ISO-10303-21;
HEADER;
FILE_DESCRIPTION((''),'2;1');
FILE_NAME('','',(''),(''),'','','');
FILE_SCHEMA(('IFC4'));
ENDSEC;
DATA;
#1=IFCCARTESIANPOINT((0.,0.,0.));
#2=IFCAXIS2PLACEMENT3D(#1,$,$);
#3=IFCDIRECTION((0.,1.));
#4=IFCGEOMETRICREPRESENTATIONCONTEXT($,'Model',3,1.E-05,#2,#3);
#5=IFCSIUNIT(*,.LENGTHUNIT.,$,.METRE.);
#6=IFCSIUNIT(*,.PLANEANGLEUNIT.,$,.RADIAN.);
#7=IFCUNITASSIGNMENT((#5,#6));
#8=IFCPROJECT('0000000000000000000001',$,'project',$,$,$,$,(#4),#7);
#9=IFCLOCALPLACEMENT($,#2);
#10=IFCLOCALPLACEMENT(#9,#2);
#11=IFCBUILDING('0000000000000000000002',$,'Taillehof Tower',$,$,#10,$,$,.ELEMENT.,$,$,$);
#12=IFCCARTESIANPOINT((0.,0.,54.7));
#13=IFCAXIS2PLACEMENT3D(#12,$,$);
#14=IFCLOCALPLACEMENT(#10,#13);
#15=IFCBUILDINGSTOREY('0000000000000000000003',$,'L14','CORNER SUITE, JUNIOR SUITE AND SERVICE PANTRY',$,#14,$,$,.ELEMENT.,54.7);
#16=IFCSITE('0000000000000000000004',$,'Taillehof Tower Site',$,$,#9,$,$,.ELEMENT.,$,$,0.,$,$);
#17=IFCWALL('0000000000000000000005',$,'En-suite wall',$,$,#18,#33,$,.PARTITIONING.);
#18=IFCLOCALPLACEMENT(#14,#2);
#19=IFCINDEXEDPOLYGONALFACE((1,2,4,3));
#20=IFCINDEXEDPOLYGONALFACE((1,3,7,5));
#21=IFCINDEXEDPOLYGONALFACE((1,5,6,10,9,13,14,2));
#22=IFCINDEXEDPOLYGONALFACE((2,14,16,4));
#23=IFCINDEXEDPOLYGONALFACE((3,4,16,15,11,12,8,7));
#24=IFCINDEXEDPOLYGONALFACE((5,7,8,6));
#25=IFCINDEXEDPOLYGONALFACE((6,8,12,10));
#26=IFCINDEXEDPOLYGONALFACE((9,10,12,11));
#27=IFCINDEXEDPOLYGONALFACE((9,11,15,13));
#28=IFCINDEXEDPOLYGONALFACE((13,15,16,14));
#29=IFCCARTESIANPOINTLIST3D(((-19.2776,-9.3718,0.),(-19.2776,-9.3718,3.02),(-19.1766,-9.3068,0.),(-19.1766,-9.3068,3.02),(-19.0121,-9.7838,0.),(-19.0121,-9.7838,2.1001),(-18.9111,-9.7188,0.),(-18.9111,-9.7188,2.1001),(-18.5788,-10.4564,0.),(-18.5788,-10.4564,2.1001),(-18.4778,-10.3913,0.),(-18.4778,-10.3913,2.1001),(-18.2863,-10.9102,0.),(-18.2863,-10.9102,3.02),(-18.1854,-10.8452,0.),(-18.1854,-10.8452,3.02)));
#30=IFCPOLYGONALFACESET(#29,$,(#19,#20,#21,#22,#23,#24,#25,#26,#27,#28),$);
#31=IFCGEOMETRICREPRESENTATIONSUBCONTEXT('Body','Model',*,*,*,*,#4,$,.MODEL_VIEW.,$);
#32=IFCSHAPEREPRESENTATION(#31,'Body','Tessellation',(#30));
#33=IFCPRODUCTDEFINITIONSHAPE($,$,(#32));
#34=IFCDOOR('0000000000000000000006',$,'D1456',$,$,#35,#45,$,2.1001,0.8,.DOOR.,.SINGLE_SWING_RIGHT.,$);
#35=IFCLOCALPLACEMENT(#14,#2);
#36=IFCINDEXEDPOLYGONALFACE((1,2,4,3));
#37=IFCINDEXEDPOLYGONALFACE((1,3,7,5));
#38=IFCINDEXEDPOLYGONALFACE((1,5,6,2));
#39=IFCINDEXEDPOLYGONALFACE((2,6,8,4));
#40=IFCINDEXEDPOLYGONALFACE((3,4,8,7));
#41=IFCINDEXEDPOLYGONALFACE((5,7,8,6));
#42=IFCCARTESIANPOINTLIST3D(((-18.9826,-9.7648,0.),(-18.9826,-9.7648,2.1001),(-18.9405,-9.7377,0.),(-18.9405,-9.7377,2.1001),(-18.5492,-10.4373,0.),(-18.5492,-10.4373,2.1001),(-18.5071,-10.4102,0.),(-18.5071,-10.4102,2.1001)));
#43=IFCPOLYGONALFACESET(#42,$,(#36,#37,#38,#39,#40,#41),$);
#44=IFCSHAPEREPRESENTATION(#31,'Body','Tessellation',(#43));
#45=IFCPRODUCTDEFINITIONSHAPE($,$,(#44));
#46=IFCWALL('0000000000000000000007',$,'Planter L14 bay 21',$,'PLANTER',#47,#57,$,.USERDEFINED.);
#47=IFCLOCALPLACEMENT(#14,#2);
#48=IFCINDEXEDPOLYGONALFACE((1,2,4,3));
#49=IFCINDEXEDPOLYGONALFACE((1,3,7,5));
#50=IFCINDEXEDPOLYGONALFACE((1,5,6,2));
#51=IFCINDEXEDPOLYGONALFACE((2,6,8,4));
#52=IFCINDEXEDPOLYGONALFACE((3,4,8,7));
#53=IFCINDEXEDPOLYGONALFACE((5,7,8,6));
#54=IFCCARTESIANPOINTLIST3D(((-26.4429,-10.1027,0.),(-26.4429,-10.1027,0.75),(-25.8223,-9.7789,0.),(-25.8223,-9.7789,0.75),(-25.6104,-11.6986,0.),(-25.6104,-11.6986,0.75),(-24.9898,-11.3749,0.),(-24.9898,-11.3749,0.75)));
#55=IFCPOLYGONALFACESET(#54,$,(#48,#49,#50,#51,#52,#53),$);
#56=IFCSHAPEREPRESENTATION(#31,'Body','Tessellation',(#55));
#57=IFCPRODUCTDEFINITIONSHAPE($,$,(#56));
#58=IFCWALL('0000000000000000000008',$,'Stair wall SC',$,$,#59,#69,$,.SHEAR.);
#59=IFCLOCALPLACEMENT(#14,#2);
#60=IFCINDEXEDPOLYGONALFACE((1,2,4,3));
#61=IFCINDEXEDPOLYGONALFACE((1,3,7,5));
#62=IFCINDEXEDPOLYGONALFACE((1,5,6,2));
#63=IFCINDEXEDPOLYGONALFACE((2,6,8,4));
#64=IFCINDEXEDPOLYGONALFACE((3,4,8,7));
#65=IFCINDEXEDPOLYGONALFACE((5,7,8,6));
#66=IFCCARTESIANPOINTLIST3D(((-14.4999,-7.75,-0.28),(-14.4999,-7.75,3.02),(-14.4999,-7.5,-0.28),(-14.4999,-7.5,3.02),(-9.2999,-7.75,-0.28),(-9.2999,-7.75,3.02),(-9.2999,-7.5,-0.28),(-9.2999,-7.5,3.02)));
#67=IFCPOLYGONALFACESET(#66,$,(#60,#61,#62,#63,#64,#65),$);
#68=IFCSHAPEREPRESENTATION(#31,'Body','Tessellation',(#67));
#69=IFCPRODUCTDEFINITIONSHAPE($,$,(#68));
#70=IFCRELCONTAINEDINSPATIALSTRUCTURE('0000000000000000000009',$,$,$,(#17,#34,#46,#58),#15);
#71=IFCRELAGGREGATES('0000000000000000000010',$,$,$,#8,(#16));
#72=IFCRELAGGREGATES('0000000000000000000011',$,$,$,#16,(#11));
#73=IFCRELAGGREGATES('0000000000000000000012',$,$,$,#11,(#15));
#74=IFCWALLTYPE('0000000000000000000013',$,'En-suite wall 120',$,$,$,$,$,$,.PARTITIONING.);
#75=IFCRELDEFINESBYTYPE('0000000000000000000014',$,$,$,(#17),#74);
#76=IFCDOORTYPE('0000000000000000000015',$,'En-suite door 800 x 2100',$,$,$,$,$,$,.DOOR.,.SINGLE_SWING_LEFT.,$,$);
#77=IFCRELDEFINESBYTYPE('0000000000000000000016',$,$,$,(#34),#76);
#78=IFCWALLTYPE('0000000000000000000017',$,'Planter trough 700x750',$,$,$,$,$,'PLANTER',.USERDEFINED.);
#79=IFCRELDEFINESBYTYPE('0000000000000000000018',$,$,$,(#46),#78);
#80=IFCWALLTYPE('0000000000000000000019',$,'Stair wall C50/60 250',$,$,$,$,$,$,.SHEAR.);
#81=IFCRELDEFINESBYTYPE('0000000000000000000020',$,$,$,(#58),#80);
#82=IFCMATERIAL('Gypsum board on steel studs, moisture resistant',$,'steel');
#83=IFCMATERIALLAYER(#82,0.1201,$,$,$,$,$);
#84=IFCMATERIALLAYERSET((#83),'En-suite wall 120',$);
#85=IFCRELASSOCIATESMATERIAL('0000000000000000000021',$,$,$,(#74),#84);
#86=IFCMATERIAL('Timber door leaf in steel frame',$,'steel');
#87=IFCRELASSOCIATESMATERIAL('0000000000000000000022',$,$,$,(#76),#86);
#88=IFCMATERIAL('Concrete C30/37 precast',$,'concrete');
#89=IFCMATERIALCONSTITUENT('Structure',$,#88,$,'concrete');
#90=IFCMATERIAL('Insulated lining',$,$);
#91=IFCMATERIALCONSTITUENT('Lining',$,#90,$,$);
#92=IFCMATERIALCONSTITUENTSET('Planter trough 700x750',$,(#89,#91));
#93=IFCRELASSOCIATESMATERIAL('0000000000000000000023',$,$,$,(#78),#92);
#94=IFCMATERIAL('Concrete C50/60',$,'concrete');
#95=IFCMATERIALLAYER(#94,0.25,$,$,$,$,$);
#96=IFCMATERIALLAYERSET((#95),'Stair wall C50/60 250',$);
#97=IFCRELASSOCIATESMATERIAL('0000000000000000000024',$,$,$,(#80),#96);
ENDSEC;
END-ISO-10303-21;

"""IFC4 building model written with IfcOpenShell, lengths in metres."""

from ifc_helpers import new_model, si_unit, direction, frame, frame_2d, origin, place, context, subcontext, project, spatial, rectangle, extrude, material, layer, layer_set, constituent, constituent_set, type_object, element, fill, save


model = new_model("IFC4")

# Units and contexts
model_context = context("Model", 3, precision=1e-05, world=origin(), true_north=direction((0.0, 1.0)))
body_context = subcontext(model_context, "Body", "Model", "MODEL_VIEW")
ifc_project = project(units=[si_unit("LENGTHUNIT", "METRE"), si_unit("PLANEANGLEUNIT", "RADIAN")], contexts=[model_context])

# Site, building, storey
site_placement = place(None, origin())
site = spatial("IfcSite", under=ifc_project, at=site_placement, Name="Taillehof Tower Site", CompositionType="ELEMENT", RefElevation=0.0)
building_placement = place(site_placement, origin())
building = spatial("IfcBuilding", under=site, at=building_placement, Name="Taillehof Tower", CompositionType="ELEMENT")
storey_placement = place(building_placement, frame((0.0, 0.0, 54.7)))
storey = spatial("IfcBuildingStorey", under=building, at=storey_placement, Name="L14", Description="CORNER SUITE, JUNIOR SUITE AND SERVICE PANTRY", CompositionType="ELEMENT", Elevation=54.7)

# Shared definitions
ifc_material_1 = material(Name="Gypsum board on steel studs, moisture resistant", Category="steel")
ifc_layer_1 = layer(ifc_material_1, 0.1201)
ifc_layer_set_1 = layer_set([ifc_layer_1], Name="En-suite wall 120")
wall_type_1 = type_object("IfcWallType", Name="En-suite wall 120", PredefinedType="PARTITIONING", material=ifc_layer_set_1)

# Wall, opening, door
ifc_material_2 = material(Name="Timber door leaf in steel frame", Category="steel")
door_type_1 = type_object("IfcDoorType", Name="En-suite door 800 x 2100", OperationType="SINGLE_SWING_LEFT", PredefinedType="DOOR", material=ifc_material_2)
wall_1_placement = place(storey_placement, frame((-18.2358, -10.8777, 0.0), z_axis=(0.0, 0.0, 1.0), x_axis=(-0.541641, 0.84061, 0.0)))
wall_1 = element("IfcWall", 1, at=wall_1_placement, inside=storey, type_object=wall_type_1, Name="En-suite wall", PredefinedType="PARTITIONING", context=body_context, shape_type="SweptSolid", body=[
    extrude(rectangle(XDim=1.8301, YDim=0.1201, at=frame_2d((0.915, 0.0))), origin(), (0.0, 0.0, 1.0), 3.02),
])
opening_1_placement = place(wall_1_placement, frame((0.54, 0.0, 0.0)))
opening_1 = element("IfcOpeningElement", 2, at=opening_1_placement, cuts=wall_1, PredefinedType="OPENING", context=body_context, shape_type="SweptSolid", body=[
    extrude(rectangle(XDim=0.8, YDim=2.1001, at=frame_2d((0.3999, 1.05))), frame((0.0, 0.0701, 0.0), z_axis=(0.0, -1.0, 0.0), x_axis=(1.0, 0.0, 0.0)), (0.0, 0.0, 1.0), 0.1401),
])
door_1_placement = place(opening_1_placement, origin())
door_1 = element("IfcDoor", 3, at=door_1_placement, inside=storey, type_object=door_type_1, Name="D1456", OperationType="SINGLE_SWING_RIGHT", OverallHeight=2.1001, OverallWidth=0.8, PredefinedType="DOOR", context=body_context, shape_type="SweptSolid", body=[
    extrude(rectangle(XDim=0.8, YDim=2.1001, at=frame_2d((0.3999, 1.05))), frame((0.0, 0.0249, 0.0), z_axis=(0.0, -1.0, 0.0), x_axis=(1.0, 0.0, 0.0)), (0.0, 0.0, 1.0), 0.05),
])
fill(opening_1, door_1)

# Walls
ifc_material_3 = material(Name="Concrete C30/37 precast", Category="concrete")
ifc_constituent_1 = constituent(ifc_material_3, Name="Structure", Category="concrete")
ifc_material_4 = material(Name="Insulated lining")
ifc_constituent_2 = constituent(ifc_material_4, Name="Lining")
ifc_constituent_set = constituent_set(constituents=[ifc_constituent_1, ifc_constituent_2], Name="Planter trough 700x750")
wall_type_2 = type_object("IfcWallType", Name="Planter trough 700x750", ElementType="PLANTER", PredefinedType="USERDEFINED", material=ifc_constituent_set)
wall_2_placement = place(storey_placement, frame((-26.1326, -9.9409, 0.0), z_axis=(0.0, 0.0, 1.0), x_axis=(0.462501, -0.886619, 0.0)))
element("IfcWall", 4, at=wall_2_placement, inside=storey, type_object=wall_type_2, Name="Planter L14 bay 21", ObjectType="PLANTER", PredefinedType="USERDEFINED", context=body_context, shape_type="SweptSolid", body=[
    extrude(rectangle(XDim=1.8, YDim=0.7, at=frame_2d((0.8999, 0.0))), origin(), (0.0, 0.0, 1.0), 0.75),
])
ifc_material_5 = material(Name="Concrete C50/60", Category="concrete")
ifc_layer_2 = layer(ifc_material_5, 0.25)
ifc_layer_set_2 = layer_set([ifc_layer_2], Name="Stair wall C50/60 250")
wall_type_3 = type_object("IfcWallType", Name="Stair wall C50/60 250", PredefinedType="SHEAR", material=ifc_layer_set_2)
wall_3_placement = place(storey_placement, frame((-14.5, -7.625, -0.28), z_axis=(0.0, 0.0, 1.0), x_axis=(1.0, 0.0, 0.0)))
element("IfcWall", 5, at=wall_3_placement, inside=storey, type_object=wall_type_3, Name="Stair wall SC", PredefinedType="SHEAR", context=body_context, shape_type="SweptSolid", body=[
    extrude(rectangle(XDim=5.2, YDim=0.25, at=frame_2d((2.6001, 0.0))), origin(), (0.0, 0.0, 1.0), 3.3),
])

save(model, "model.ifc")
